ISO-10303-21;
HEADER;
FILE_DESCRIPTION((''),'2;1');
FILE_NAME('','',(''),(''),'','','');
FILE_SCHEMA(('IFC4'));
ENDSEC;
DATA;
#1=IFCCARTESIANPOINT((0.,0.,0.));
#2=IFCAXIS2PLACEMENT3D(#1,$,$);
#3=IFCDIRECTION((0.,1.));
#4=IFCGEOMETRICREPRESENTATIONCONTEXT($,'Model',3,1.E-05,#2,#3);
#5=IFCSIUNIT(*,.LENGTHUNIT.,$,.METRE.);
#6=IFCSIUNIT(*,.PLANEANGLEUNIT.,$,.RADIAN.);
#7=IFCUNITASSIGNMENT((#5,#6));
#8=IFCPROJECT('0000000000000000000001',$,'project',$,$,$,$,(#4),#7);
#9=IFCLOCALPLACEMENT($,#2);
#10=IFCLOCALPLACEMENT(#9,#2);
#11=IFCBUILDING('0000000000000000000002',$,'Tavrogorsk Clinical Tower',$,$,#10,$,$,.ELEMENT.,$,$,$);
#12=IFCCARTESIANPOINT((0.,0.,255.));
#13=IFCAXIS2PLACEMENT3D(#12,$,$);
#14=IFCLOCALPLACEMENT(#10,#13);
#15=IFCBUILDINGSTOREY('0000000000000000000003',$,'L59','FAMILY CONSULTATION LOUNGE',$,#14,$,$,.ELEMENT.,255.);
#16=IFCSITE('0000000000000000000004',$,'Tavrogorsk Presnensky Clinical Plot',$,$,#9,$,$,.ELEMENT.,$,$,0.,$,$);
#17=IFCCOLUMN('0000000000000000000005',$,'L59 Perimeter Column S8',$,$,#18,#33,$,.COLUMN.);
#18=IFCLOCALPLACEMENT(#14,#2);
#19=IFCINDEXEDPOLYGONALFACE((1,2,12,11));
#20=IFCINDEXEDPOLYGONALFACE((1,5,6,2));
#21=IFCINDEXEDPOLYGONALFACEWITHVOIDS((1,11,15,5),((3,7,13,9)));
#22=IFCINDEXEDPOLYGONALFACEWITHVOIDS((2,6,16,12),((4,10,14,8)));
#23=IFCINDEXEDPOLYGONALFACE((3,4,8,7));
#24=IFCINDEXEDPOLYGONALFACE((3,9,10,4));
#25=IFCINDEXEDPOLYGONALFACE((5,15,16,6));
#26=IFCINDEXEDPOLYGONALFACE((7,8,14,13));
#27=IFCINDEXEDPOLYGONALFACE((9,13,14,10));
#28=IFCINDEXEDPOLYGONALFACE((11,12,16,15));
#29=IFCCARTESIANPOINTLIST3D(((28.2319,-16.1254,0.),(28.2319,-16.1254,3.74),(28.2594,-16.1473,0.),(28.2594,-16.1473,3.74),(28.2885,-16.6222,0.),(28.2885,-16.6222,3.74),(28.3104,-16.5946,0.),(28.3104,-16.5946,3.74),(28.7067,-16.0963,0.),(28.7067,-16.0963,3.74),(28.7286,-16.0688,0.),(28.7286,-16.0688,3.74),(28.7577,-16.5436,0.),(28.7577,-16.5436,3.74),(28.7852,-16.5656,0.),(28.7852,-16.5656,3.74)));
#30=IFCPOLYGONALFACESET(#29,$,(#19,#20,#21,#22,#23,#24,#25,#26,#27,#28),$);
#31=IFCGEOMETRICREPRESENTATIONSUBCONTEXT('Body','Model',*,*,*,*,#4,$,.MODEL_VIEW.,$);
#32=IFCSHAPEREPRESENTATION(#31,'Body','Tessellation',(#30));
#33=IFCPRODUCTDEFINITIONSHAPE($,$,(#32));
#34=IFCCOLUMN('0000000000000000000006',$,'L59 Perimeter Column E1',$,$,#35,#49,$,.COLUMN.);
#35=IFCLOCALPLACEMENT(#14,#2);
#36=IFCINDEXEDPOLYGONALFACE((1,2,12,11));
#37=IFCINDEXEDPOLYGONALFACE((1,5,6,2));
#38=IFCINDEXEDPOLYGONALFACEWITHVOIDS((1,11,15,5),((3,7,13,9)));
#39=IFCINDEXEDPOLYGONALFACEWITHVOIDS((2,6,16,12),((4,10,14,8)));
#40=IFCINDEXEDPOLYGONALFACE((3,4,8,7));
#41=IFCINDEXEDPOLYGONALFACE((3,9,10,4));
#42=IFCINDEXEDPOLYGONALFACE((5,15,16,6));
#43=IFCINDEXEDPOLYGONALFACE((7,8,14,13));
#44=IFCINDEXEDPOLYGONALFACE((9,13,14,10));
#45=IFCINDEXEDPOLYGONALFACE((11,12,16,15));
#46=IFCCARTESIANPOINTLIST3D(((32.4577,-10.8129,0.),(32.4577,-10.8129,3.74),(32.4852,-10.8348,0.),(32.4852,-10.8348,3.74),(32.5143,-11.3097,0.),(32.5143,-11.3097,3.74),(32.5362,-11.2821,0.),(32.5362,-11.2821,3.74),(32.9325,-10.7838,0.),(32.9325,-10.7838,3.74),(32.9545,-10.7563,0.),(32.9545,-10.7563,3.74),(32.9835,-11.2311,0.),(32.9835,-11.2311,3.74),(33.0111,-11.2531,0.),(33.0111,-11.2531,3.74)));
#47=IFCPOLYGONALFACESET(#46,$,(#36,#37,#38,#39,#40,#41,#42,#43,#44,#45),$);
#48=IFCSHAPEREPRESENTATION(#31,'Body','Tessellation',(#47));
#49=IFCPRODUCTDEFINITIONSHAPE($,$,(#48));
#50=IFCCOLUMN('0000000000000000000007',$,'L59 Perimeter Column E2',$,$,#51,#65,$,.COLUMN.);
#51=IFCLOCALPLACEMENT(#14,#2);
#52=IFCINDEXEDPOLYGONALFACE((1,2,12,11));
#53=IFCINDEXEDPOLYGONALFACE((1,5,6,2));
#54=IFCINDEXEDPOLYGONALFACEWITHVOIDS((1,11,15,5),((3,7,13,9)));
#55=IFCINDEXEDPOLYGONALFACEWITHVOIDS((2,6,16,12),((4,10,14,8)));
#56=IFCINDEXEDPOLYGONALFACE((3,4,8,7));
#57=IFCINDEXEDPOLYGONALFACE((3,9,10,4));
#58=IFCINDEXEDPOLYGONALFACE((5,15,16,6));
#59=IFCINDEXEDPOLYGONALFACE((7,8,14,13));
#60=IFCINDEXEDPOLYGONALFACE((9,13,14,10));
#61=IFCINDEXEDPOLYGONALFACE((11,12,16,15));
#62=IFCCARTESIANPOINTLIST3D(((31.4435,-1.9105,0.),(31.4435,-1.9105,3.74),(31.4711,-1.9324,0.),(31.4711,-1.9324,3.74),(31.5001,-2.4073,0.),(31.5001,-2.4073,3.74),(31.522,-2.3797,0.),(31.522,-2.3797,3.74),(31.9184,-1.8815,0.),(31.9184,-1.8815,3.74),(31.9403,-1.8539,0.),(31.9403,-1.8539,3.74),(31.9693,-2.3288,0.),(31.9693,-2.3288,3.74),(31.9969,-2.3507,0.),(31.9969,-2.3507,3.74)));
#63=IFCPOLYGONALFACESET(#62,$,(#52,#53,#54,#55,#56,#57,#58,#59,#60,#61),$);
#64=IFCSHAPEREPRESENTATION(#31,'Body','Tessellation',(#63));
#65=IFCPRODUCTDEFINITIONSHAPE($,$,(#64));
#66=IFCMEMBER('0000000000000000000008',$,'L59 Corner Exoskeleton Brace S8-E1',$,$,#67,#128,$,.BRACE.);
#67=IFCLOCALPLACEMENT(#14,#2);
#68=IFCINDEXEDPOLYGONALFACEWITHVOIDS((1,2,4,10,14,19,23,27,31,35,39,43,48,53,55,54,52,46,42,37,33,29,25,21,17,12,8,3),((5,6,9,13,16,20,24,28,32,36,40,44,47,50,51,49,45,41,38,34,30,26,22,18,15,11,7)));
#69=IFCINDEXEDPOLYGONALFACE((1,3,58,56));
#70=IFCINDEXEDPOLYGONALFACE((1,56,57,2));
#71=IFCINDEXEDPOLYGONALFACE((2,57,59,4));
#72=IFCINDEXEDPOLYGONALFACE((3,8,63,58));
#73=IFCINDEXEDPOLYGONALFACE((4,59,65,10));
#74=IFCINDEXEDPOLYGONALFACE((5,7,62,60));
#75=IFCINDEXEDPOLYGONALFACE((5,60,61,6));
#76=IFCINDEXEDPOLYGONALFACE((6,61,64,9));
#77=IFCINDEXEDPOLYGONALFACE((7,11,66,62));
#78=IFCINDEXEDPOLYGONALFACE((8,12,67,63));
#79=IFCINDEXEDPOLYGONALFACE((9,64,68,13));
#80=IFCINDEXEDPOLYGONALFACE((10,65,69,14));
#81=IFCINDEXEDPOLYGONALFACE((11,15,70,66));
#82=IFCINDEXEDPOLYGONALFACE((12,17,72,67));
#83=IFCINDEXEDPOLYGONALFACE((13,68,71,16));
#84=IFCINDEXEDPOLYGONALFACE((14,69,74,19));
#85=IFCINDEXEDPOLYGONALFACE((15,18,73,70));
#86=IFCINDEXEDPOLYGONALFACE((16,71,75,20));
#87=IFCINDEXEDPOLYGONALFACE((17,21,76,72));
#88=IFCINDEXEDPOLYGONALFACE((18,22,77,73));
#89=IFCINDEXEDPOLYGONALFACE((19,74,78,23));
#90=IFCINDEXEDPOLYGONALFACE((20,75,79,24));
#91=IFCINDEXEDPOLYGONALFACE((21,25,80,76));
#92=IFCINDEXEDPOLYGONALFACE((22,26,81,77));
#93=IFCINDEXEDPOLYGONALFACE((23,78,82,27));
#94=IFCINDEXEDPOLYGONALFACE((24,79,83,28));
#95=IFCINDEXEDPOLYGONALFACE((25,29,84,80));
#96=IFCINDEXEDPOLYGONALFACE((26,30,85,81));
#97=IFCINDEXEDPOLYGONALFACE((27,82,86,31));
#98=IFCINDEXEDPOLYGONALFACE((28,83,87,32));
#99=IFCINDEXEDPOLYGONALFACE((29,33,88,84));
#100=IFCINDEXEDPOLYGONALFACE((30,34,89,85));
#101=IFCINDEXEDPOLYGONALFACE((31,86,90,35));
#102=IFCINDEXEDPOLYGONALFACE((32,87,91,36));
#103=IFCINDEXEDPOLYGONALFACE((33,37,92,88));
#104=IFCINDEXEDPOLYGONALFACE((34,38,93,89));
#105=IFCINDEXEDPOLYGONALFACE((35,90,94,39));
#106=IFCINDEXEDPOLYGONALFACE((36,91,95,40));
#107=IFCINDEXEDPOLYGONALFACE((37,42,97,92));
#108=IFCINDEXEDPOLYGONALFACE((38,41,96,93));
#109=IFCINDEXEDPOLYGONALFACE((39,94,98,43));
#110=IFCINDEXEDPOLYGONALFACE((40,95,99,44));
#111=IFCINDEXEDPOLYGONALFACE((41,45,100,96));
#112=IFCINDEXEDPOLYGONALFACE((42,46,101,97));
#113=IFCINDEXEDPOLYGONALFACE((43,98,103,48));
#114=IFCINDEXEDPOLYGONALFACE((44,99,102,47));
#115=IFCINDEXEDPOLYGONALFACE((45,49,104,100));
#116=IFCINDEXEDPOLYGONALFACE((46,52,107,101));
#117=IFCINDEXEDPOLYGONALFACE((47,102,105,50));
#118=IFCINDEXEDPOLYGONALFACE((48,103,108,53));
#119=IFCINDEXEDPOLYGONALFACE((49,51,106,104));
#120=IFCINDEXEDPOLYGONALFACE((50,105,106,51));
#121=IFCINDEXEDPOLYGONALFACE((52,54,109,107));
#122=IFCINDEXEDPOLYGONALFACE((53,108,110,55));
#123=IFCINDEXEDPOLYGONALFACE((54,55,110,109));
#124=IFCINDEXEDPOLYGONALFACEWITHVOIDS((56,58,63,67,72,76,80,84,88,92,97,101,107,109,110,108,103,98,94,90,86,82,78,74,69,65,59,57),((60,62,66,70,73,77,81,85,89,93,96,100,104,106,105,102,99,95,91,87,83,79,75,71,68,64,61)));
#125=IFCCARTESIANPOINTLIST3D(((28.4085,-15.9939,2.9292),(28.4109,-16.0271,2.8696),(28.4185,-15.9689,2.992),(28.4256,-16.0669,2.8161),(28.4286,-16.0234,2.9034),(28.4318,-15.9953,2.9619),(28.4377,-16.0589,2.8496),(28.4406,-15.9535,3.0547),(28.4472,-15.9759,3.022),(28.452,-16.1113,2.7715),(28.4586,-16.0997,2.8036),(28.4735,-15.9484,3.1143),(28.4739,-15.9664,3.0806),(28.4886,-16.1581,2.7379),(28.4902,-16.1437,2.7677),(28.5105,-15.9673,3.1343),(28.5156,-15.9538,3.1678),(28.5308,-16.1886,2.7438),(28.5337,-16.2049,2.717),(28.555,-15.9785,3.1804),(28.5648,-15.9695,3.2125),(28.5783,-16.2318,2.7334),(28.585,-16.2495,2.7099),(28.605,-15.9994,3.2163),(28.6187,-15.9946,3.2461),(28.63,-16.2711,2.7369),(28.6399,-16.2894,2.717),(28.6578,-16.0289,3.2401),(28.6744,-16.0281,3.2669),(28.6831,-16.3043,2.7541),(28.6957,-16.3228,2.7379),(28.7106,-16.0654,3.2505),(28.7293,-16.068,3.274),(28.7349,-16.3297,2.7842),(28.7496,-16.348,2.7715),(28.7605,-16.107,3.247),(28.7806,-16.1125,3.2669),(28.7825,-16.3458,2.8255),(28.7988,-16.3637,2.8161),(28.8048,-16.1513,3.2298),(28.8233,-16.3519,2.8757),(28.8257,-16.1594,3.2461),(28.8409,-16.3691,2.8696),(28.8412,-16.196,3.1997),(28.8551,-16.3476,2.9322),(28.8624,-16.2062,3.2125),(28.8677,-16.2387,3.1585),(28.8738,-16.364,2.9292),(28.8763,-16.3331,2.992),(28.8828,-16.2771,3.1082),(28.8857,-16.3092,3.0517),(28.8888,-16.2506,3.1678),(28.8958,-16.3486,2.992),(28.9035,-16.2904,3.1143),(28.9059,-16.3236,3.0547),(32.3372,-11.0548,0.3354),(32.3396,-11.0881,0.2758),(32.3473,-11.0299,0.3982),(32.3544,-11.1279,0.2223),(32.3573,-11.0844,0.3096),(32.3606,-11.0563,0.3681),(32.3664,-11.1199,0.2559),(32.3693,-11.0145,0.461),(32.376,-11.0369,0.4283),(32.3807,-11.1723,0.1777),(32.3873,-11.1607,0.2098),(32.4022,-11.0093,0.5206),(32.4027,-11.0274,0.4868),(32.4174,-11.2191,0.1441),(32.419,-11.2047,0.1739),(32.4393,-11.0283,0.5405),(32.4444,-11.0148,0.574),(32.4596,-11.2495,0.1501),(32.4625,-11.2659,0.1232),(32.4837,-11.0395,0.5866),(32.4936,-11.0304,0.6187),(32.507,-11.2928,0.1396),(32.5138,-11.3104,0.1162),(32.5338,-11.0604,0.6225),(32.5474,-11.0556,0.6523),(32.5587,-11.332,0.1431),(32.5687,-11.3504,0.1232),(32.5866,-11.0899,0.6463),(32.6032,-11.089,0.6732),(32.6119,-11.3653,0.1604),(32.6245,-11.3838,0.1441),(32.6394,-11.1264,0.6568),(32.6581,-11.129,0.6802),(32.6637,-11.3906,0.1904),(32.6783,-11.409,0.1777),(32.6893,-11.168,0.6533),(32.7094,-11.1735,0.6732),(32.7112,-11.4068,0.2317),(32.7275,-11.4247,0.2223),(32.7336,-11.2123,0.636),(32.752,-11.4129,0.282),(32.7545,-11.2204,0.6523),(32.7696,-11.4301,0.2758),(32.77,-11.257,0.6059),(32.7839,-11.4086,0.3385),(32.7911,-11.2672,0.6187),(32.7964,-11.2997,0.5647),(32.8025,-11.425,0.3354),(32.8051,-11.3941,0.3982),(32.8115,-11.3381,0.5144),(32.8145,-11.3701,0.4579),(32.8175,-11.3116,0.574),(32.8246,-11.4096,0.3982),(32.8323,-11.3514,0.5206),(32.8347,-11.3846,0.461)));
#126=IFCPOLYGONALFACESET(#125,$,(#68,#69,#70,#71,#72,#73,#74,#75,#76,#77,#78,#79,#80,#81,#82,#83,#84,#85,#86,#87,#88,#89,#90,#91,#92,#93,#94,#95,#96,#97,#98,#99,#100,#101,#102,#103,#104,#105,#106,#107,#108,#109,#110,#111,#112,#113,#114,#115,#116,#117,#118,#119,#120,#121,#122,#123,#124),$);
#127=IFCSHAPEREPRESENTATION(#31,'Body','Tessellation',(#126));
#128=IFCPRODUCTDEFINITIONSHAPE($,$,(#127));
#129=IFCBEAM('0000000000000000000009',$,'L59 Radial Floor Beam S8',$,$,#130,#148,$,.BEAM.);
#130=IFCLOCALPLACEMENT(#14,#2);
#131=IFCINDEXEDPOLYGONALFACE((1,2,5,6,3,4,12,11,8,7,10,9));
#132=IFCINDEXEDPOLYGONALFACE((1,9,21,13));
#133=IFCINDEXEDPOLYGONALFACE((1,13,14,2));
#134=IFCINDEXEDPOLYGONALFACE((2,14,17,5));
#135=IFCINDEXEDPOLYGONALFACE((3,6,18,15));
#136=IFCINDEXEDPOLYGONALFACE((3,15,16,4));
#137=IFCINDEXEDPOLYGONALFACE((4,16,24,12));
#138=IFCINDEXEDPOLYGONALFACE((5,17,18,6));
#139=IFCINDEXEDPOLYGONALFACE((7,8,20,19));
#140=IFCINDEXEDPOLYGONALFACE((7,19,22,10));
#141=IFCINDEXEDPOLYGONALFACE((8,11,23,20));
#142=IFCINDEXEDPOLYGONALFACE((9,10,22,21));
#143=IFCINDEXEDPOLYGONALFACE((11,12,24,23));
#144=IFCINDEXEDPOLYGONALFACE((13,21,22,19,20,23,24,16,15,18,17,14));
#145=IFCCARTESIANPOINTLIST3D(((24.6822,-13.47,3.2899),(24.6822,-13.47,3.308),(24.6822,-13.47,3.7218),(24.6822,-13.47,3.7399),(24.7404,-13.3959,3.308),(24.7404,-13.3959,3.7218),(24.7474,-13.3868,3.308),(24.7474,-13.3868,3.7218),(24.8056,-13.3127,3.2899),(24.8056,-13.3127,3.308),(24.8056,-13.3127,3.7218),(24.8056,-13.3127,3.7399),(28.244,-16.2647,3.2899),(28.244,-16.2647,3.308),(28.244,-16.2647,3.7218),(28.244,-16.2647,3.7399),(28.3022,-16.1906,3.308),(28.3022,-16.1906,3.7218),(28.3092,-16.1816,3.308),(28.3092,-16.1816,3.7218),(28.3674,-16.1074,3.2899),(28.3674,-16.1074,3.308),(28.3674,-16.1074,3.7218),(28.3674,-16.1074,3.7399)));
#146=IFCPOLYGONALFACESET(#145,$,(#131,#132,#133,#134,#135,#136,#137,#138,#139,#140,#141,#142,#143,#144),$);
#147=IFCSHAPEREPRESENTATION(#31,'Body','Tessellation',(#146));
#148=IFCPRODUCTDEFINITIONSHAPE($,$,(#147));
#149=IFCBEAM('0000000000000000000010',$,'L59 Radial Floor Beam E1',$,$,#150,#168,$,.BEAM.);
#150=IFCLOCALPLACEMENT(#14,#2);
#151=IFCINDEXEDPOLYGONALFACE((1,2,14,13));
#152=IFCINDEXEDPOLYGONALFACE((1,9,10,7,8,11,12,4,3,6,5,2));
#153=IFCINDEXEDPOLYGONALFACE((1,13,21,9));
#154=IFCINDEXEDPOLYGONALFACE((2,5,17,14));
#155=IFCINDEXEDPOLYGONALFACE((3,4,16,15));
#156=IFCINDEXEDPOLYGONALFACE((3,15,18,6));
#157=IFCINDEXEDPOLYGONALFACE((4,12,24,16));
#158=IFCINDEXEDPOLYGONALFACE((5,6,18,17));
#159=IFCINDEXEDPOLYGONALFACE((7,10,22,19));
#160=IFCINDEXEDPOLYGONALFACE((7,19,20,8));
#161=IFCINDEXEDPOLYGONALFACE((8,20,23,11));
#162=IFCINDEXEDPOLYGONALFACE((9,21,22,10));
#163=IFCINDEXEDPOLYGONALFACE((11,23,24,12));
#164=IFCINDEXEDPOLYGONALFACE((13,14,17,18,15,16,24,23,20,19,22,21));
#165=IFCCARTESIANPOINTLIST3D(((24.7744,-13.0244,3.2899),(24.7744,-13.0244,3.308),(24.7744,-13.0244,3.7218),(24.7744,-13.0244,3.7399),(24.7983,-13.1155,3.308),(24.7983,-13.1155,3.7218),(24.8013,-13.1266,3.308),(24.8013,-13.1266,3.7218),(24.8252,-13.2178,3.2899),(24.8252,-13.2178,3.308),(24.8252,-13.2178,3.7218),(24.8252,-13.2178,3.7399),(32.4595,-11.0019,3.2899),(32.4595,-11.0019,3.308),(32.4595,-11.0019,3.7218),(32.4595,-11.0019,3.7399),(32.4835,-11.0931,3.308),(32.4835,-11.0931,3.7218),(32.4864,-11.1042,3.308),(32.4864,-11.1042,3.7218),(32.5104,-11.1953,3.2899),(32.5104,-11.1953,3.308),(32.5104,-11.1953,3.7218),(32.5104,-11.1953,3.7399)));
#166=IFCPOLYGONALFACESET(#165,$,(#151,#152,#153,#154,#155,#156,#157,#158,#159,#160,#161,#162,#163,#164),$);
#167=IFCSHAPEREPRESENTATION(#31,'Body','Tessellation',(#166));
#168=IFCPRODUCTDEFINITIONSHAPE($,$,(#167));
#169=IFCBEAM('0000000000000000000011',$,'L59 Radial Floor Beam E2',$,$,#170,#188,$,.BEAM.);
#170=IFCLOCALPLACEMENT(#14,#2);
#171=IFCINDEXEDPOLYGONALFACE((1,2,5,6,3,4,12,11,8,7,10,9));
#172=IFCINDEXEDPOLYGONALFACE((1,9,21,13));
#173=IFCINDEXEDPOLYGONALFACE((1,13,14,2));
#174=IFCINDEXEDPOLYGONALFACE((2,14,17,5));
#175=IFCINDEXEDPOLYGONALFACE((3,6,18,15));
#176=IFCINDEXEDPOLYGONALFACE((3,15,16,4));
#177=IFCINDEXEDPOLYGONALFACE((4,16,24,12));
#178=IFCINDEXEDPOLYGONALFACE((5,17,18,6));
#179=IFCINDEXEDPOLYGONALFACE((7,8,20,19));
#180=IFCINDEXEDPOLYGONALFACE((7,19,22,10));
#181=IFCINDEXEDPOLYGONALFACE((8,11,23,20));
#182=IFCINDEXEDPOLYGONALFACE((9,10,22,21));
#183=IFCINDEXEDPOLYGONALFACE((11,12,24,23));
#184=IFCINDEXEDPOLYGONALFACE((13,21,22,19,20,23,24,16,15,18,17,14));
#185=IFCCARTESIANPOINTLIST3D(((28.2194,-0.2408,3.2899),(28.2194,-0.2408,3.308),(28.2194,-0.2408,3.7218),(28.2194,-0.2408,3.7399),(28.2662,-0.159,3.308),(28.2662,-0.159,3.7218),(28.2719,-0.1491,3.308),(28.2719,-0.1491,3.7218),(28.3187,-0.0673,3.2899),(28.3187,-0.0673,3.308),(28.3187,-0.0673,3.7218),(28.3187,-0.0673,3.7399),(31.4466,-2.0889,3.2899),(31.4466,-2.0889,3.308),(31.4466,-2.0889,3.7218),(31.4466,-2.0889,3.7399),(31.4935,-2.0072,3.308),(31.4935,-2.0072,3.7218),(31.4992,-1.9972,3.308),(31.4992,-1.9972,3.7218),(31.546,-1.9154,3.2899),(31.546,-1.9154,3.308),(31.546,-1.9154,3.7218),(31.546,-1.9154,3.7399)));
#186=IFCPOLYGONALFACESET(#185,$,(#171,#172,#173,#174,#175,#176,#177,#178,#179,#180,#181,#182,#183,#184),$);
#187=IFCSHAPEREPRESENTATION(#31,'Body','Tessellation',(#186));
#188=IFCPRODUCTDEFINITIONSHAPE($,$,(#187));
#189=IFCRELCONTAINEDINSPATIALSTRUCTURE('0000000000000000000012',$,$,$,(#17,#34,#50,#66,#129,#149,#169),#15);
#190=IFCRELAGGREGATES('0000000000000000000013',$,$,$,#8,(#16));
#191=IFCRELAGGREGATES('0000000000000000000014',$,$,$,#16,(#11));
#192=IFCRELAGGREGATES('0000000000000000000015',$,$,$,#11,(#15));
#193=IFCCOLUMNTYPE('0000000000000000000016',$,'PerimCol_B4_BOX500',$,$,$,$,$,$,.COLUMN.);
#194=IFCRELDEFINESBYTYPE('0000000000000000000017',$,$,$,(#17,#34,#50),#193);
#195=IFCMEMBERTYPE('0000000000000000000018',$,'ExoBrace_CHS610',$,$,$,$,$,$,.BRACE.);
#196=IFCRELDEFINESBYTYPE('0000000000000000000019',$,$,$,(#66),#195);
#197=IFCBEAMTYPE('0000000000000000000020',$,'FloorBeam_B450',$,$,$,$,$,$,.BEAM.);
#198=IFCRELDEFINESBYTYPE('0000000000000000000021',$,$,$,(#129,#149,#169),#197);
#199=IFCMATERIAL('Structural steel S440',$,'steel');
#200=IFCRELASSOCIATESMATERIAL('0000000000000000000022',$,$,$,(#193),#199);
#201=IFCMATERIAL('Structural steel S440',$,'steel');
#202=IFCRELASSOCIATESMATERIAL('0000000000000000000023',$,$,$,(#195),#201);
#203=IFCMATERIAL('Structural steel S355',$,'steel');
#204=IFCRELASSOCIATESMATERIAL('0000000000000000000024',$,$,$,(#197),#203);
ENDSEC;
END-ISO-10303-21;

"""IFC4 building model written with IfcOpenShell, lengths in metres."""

from ifc_helpers import new_model, si_unit, direction, frame, origin, origin_2d, place, context, subcontext, project, spatial, hollow_rectangle, hollow_circle, i_section, extrude, material, material_profile, profile_set, type_object, element, save


model = new_model("IFC4")

# Units and contexts
model_context = context("Model", 3, precision=1e-05, world=origin(), true_north=direction((0.0, 1.0)))
body_context = subcontext(model_context, "Body", "Model", "MODEL_VIEW")
ifc_project = project(units=[si_unit("LENGTHUNIT", "METRE"), si_unit("PLANEANGLEUNIT", "RADIAN")], contexts=[model_context])

# Site, building, storey
site_placement = place(None, origin())
site = spatial("IfcSite", under=ifc_project, at=site_placement, Name="Tavrogorsk Presnensky Clinical Plot", CompositionType="ELEMENT", RefElevation=0.0)
building_placement = place(site_placement, origin())
building = spatial("IfcBuilding", under=site, at=building_placement, Name="Tavrogorsk Clinical Tower", CompositionType="ELEMENT")
storey_placement = place(building_placement, frame((0.0, 0.0, 255.0)))
storey = spatial("IfcBuildingStorey", under=building, at=storey_placement, Name="L59", Description="FAMILY CONSULTATION LOUNGE", CompositionType="ELEMENT", Elevation=255.0)

# Columns
ifc_material_1 = material(Name="Structural steel S440", Category="steel")
ifc_material_profile_1 = material_profile(ifc_material_1, hollow_rectangle(XDim=0.5, YDim=0.5, WallThickness=0.0249, at=origin_2d()), Name="BOX-500x500x25")
ifc_profile_set_1 = profile_set([ifc_material_profile_1], Name="Structural steel S440")
column_type = type_object("IfcColumnType", Name="PerimCol_B4_BOX500", PredefinedType="COLUMN", material=ifc_profile_set_1)
for number, where, z_axis, x_axis, name in (
    (1, (28.5085, -16.3455, 0.0), (0.0, 0.0, 1.0), (0.993572, 0.113203, 0.0), "L59 Perimeter Column S8"),
    (2, (32.7344, -11.033, 0.0), (0.0, 0.0, 1.0), (0.993572, 0.113203, 0.0), "L59 Perimeter Column E1"),
    (3, (31.7202, -2.1306, 0.0), (0.0, 0.0, 1.0), (0.993572, 0.113203, 0.0), "L59 Perimeter Column E2"),
):
    element("IfcColumn", number, at=place(storey_placement, frame(where, z_axis=z_axis, x_axis=x_axis)), inside=storey, type_object=column_type, Name=name, PredefinedType="COLUMN", context=body_context, shape_type="SweptSolid", body=[
        extrude(hollow_rectangle(XDim=0.5, YDim=0.5, WallThickness=0.0249, at=origin_2d()), origin(), (0.0, 0.0, 1.0), 3.74),
    ])

# Member
ifc_material_2 = material(Name="Structural steel S440", Category="steel")
ifc_material_profile_2 = material_profile(ifc_material_2, hollow_circle(Radius=0.3049, WallThickness=0.0249, at=origin_2d()), Name="CHS-610x25")
ifc_profile_set_2 = profile_set([ifc_material_profile_2], Name="Structural steel S440")
member_type_1 = type_object("IfcMemberType", Name="ExoBrace_CHS610", PredefinedType="BRACE", material=ifc_profile_set_2)
member_1_placement = place(storey_placement, frame((32.5859, -11.2197, 0.3982), z_axis=(-0.575789, -0.723852, 0.380138), x_axis=(0.782602, -0.622522, 0.0)))
element("IfcMember", 4, at=member_1_placement, inside=storey, type_object=member_type_1, Name="L59 Corner Exoskeleton Brace S8-E1", PredefinedType="BRACE", context=body_context, shape_type="SweptSolid", body=[
    extrude(hollow_circle(Radius=0.3049, WallThickness=0.0249, at=origin_2d()), origin(), (0.0, 0.0, 1.0), 6.8232),
])

# Beams
ifc_material_3 = material(Name="Structural steel S355", Category="steel")
ifc_material_profile_3 = material_profile(ifc_material_3, i_section(OverallWidth=0.2, OverallDepth=0.45, WebThickness=0.0115, FlangeThickness=0.0181, at=origin_2d()), Name="B-450x200x11.5x18")
ifc_profile_set_3 = profile_set([ifc_material_profile_3], Name="Structural steel S355")
beam_type_1 = type_object("IfcBeamType", Name="FloorBeam_B450", PredefinedType="BEAM", material=ifc_profile_set_3)
beam_1_placement = place(storey_placement, frame((24.7439, -13.3914, 3.5149), z_axis=(0.786732, -0.617295, 0.0), x_axis=(0.617295, 0.786732, 0.0)))
element("IfcBeam", 5, at=beam_1_placement, inside=storey, type_object=beam_type_1, Name="L59 Radial Floor Beam S8", PredefinedType="BEAM", context=body_context, shape_type="SweptSolid", body=[
    extrude(i_section(OverallWidth=0.2, OverallDepth=0.45, WebThickness=0.0115, FlangeThickness=0.0181, at=origin_2d()), origin(), (0.0, 0.0, 1.0), 4.5273),
])
beam_2_placement = place(storey_placement, frame((24.7998, -13.1211, 3.5149), z_axis=(0.967072, 0.254502, 0.0), x_axis=(-0.254502, 0.967072, 0.0)))
element("IfcBeam", 6, at=beam_2_placement, inside=storey, type_object=beam_type_1, Name="L59 Radial Floor Beam E1", PredefinedType="BEAM", context=body_context, shape_type="SweptSolid", body=[
    extrude(i_section(OverallWidth=0.2, OverallDepth=0.45, WebThickness=0.0115, FlangeThickness=0.0181, at=origin_2d()), origin(), (0.0, 0.0, 1.0), 7.9468),
])
beam_3_placement = place(storey_placement, frame((28.269, -0.1541, 3.5149), z_axis=(0.867782, -0.496945, 0.0), x_axis=(0.496945, 0.867782, 0.0)))
element("IfcBeam", 7, at=beam_3_placement, inside=storey, type_object=beam_type_1, Name="L59 Radial Floor Beam E2", PredefinedType="BEAM", context=body_context, shape_type="SweptSolid", body=[
    extrude(i_section(OverallWidth=0.2, OverallDepth=0.45, WebThickness=0.0115, FlangeThickness=0.0181, at=origin_2d()), origin(), (0.0, 0.0, 1.0), 3.719),
])

save(model, "model.ifc")
